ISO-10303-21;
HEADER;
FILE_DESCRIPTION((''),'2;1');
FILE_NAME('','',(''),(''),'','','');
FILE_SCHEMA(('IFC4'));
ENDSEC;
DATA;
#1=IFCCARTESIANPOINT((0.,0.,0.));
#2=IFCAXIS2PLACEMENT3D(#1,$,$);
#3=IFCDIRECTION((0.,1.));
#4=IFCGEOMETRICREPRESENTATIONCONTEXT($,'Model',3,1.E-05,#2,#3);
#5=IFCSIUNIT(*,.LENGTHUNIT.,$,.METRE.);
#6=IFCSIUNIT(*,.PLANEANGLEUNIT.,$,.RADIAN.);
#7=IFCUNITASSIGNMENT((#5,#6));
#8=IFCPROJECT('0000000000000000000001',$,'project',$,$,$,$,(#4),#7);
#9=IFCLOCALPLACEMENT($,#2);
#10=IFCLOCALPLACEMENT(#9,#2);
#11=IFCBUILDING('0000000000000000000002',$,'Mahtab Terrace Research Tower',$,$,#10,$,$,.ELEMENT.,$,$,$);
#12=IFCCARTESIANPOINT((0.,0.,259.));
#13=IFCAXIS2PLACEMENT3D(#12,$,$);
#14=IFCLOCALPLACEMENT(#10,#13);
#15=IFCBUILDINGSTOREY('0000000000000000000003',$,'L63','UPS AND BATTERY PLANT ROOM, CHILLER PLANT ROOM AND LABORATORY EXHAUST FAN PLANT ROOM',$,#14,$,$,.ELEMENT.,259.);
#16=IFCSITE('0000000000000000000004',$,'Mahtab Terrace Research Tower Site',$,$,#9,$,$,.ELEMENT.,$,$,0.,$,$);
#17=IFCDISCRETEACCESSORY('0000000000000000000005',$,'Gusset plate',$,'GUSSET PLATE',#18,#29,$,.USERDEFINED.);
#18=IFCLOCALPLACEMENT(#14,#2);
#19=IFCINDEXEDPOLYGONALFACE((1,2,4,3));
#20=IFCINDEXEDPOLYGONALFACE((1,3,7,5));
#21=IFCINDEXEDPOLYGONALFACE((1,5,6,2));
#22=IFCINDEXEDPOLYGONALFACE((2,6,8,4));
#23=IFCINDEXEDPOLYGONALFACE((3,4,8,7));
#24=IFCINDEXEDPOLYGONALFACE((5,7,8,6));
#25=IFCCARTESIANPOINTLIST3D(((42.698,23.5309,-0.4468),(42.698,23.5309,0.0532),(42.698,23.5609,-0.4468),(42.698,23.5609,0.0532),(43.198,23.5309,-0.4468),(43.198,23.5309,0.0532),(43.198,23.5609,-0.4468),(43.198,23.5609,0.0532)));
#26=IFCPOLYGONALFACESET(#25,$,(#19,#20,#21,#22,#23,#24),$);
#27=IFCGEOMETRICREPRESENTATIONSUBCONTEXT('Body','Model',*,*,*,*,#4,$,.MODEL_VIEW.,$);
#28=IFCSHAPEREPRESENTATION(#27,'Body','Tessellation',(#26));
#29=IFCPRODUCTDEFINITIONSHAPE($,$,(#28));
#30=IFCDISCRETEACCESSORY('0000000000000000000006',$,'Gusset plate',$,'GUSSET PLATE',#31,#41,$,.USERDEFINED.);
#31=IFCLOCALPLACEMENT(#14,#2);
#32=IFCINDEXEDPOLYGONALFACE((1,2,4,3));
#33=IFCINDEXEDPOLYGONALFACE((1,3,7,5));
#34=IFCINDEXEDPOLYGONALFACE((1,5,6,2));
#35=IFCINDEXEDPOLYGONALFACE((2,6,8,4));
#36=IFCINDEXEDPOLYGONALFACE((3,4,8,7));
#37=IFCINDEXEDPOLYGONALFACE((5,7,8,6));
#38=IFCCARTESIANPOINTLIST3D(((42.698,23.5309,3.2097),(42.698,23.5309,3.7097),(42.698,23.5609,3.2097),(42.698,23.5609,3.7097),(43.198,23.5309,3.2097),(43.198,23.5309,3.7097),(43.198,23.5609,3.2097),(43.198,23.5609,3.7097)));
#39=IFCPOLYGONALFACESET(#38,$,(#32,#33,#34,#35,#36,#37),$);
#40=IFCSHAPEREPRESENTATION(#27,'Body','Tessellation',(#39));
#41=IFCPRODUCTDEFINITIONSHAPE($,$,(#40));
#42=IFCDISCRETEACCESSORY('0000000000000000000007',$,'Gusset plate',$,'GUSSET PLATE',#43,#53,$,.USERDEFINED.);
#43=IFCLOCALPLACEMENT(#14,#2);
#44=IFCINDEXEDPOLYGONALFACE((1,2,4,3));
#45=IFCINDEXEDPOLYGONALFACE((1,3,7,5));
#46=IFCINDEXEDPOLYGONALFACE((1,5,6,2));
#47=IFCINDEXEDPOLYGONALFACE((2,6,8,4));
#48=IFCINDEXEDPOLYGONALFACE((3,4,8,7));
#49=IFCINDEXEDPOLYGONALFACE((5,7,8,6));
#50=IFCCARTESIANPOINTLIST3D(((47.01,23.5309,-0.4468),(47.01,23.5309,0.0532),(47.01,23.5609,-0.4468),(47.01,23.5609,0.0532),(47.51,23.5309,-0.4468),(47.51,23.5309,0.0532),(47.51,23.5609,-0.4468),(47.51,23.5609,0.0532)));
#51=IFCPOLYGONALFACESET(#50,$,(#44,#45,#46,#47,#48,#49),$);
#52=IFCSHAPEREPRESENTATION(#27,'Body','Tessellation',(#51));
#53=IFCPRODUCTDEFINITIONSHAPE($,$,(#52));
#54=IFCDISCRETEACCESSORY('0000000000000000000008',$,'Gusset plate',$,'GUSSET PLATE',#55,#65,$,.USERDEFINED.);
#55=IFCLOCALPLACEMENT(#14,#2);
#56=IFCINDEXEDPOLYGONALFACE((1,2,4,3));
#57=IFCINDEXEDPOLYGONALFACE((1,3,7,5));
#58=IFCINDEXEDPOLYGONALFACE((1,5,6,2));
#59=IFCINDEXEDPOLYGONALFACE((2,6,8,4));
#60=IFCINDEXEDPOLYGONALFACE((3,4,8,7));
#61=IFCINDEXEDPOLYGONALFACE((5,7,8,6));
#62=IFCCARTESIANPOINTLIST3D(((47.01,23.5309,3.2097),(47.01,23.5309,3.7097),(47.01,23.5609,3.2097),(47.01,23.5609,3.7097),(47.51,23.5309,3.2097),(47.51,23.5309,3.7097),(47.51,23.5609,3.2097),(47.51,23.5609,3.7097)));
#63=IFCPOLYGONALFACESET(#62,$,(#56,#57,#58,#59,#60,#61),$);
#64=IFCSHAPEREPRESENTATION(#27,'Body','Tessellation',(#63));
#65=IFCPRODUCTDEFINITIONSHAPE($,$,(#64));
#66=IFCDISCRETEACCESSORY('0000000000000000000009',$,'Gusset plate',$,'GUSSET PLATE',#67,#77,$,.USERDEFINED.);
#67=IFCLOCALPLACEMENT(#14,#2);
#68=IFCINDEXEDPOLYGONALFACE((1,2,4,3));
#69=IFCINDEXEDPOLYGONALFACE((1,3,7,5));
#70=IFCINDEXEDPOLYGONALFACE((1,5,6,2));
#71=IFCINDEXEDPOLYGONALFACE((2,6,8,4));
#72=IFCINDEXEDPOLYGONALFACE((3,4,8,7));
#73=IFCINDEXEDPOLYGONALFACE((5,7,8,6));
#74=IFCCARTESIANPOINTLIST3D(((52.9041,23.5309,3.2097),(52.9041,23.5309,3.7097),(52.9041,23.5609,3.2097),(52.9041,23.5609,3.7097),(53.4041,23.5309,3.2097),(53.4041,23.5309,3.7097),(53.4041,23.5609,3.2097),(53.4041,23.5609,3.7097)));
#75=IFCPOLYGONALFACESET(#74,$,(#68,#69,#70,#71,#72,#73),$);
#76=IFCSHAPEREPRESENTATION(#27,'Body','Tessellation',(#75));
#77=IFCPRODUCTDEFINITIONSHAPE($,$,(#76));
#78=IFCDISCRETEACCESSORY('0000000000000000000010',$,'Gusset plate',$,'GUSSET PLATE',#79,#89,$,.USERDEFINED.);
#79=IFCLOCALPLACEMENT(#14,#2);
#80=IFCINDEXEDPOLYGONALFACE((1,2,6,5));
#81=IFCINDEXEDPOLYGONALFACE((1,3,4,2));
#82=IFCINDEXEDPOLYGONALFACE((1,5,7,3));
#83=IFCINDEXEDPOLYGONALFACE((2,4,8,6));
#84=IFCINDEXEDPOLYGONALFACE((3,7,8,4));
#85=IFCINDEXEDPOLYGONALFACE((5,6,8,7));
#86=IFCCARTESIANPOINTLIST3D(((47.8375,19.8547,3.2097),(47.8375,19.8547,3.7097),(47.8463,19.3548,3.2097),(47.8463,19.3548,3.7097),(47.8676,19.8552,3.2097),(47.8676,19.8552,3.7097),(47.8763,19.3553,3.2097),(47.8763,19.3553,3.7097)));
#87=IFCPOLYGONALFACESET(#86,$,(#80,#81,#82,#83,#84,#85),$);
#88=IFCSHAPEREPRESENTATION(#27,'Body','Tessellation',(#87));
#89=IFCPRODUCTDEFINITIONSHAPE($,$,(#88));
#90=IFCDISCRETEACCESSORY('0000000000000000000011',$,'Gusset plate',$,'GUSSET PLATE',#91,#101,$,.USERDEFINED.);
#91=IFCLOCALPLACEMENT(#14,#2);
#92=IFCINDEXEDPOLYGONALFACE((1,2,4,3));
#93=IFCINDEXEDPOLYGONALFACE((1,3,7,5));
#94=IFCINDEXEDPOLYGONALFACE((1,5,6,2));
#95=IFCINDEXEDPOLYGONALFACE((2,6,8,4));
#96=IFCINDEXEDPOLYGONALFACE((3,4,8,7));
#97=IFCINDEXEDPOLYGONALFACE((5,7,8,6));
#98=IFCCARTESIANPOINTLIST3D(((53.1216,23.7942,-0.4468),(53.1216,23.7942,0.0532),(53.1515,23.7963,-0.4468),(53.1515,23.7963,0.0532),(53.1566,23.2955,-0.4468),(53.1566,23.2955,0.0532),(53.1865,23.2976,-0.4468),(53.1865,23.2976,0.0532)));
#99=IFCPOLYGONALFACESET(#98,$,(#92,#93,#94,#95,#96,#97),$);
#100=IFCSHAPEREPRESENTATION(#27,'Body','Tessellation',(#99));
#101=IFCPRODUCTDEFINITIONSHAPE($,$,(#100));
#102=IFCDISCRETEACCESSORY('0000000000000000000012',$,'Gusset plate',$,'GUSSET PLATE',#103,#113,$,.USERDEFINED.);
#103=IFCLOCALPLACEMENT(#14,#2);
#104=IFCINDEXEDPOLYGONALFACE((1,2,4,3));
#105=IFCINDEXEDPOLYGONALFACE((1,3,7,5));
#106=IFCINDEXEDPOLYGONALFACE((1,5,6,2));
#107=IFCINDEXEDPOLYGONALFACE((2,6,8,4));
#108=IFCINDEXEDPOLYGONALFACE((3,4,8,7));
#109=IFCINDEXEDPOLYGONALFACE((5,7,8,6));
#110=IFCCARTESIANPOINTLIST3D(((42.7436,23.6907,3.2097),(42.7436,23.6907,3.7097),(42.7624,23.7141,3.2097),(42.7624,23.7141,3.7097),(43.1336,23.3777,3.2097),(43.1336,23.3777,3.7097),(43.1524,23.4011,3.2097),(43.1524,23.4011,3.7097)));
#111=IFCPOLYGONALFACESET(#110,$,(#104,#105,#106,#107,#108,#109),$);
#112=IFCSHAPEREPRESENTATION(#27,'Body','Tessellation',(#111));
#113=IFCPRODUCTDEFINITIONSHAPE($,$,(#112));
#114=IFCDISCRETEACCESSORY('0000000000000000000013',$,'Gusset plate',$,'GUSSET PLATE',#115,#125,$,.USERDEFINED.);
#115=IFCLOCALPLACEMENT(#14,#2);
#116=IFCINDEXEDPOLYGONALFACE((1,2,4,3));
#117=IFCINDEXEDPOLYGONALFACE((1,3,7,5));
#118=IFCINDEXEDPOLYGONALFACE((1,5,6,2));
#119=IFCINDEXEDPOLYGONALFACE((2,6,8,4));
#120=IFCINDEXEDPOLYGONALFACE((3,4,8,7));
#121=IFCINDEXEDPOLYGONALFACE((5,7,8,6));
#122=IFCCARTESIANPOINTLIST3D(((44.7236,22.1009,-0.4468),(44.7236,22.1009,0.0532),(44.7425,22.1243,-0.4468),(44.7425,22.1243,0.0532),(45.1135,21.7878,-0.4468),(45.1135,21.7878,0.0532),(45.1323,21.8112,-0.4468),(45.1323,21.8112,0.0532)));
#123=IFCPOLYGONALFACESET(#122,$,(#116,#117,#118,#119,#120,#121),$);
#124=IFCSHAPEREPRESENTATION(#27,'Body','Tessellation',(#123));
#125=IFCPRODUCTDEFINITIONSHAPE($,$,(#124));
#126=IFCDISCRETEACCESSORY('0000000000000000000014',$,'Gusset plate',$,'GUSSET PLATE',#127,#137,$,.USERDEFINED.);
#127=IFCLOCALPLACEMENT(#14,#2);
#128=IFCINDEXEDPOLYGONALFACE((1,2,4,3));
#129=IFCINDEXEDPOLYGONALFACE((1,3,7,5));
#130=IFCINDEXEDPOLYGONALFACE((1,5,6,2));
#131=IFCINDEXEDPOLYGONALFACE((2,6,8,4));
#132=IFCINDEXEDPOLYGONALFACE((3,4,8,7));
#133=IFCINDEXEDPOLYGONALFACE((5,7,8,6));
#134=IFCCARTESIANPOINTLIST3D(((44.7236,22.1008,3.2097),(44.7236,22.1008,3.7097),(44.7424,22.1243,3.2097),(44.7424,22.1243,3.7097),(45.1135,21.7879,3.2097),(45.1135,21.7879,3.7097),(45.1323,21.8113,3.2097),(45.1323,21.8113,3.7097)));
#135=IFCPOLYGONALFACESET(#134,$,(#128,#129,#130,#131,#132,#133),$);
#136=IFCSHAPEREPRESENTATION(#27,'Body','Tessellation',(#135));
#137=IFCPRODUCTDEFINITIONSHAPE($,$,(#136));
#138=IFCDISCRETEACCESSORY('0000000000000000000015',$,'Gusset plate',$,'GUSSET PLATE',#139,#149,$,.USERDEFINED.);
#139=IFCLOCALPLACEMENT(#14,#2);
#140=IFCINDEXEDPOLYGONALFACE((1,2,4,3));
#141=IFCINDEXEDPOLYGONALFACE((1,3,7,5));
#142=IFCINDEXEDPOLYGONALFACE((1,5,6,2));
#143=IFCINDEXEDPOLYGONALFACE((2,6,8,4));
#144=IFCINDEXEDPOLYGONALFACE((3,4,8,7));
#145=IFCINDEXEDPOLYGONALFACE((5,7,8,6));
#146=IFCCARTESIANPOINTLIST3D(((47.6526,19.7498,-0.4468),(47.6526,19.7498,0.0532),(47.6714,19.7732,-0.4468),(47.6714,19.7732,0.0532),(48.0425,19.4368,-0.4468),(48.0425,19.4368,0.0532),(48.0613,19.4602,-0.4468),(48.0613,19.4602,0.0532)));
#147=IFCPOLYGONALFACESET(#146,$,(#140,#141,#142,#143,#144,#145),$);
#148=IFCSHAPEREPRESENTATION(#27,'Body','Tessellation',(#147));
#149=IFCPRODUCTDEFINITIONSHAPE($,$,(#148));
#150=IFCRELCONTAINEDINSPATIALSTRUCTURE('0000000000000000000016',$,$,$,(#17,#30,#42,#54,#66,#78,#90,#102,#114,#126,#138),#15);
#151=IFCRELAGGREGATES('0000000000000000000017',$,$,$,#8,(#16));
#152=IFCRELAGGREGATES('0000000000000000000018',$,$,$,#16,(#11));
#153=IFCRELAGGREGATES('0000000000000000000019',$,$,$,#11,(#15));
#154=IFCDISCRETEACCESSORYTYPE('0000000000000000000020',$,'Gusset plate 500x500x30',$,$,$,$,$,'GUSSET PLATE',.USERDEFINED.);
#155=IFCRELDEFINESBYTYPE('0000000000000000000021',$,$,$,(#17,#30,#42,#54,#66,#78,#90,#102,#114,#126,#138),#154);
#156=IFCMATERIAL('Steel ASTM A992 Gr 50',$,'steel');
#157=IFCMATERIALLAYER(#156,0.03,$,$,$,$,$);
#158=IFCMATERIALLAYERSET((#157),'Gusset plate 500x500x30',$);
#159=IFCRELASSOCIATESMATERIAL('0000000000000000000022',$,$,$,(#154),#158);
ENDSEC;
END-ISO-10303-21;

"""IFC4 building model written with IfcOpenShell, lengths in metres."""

from ifc_helpers import new_model, si_unit, direction, frame, origin, origin_2d, place, context, subcontext, project, spatial, rectangle, extrude, material, layer, layer_set, type_object, element, save


model = new_model("IFC4")

# Units and contexts
model_context = context("Model", 3, precision=1e-05, world=origin(), true_north=direction((0.0, 1.0)))
body_context = subcontext(model_context, "Body", "Model", "MODEL_VIEW")
ifc_project = project(units=[si_unit("LENGTHUNIT", "METRE"), si_unit("PLANEANGLEUNIT", "RADIAN")], contexts=[model_context])

# Site, building, storey
site_placement = place(None, origin())
site = spatial("IfcSite", under=ifc_project, at=site_placement, Name="Mahtab Terrace Research Tower Site", CompositionType="ELEMENT", RefElevation=0.0)
building_placement = place(site_placement, origin())
building = spatial("IfcBuilding", under=site, at=building_placement, Name="Mahtab Terrace Research Tower", CompositionType="ELEMENT")
storey_placement = place(building_placement, frame((0.0, 0.0, 259.0)))
storey = spatial("IfcBuildingStorey", under=building, at=storey_placement, Name="L63", Description="UPS AND BATTERY PLANT ROOM, CHILLER PLANT ROOM AND LABORATORY EXHAUST FAN PLANT ROOM", CompositionType="ELEMENT", Elevation=259.0)

# Shared definitions
ifc_material_1 = material(Name="Steel ASTM A992 Gr 50", Category="steel")

# Discrete accessories
ifc_layer = layer(ifc_material_1, 0.03)
ifc_layer_set = layer_set([ifc_layer], Name="Gusset plate 500x500x30")
discrete_accessory_type_1 = type_object("IfcDiscreteAccessoryType", Name="Gusset plate 500x500x30", ElementType="GUSSET PLATE", PredefinedType="USERDEFINED", material=ifc_layer_set)
for number, where, z_axis, x_axis, name in (
    (1, (42.948, 23.5459, -0.4468), (0.0, 0.0, 1.0), (1.0, 0.0, 0.0), "Gusset plate"),
    (2, (42.948, 23.5459, 3.2097), (0.0, 0.0, 1.0), (1.0, 0.0, 0.0), "Gusset plate"),
    (3, (47.26, 23.5459, -0.4468), (0.0, 0.0, 1.0), (1.0, 0.0, 0.0), "Gusset plate"),
    (4, (47.26, 23.5459, 3.2097), (0.0, 0.0, 1.0), (1.0, 0.0, 0.0), "Gusset plate"),
    (5, (53.1541, 23.5459, 3.2097), (0.0, 0.0, 1.0), (1.0, 0.0, 0.0), "Gusset plate"),
    (6, (47.8569, 19.605, 3.2097), (0.0, 0.0, 1.0), (-0.017522, 0.999846, 0.0), "Gusset plate"),
    (7, (53.1541, 23.5459, -0.4468), (0.0, 0.0, 1.0), (-0.070052, 0.997543, 0.0), "Gusset plate"),
    (8, (42.948, 23.5459, 3.2097), (0.0, 0.0, 1.0), (-0.77983, 0.625992, 0.0), "Gusset plate"),
    (9, (44.928, 21.9561, -0.4468), (0.0, 0.0, 1.0), (-0.77971, 0.626141, 0.0), "Gusset plate"),
    (10, (44.928, 21.9561, 3.2097), (0.0, 0.0, 1.0), (-0.779852, 0.625964, 0.0), "Gusset plate"),
    (11, (47.8569, 19.605, -0.4468), (0.0, 0.0, 1.0), (-0.779852, 0.625964, 0.0), "Gusset plate"),
):
    element("IfcDiscreteAccessory", number, at=place(storey_placement, frame(where, z_axis=z_axis, x_axis=x_axis)), inside=storey, type_object=discrete_accessory_type_1, Name=name, ObjectType="GUSSET PLATE", PredefinedType="USERDEFINED", context=body_context, shape_type="SweptSolid", body=[
        extrude(rectangle(XDim=0.5, YDim=0.03, at=origin_2d()), origin(), (0.0, 0.0, 1.0), 0.5),
    ])

save(model, "model.ifc")
